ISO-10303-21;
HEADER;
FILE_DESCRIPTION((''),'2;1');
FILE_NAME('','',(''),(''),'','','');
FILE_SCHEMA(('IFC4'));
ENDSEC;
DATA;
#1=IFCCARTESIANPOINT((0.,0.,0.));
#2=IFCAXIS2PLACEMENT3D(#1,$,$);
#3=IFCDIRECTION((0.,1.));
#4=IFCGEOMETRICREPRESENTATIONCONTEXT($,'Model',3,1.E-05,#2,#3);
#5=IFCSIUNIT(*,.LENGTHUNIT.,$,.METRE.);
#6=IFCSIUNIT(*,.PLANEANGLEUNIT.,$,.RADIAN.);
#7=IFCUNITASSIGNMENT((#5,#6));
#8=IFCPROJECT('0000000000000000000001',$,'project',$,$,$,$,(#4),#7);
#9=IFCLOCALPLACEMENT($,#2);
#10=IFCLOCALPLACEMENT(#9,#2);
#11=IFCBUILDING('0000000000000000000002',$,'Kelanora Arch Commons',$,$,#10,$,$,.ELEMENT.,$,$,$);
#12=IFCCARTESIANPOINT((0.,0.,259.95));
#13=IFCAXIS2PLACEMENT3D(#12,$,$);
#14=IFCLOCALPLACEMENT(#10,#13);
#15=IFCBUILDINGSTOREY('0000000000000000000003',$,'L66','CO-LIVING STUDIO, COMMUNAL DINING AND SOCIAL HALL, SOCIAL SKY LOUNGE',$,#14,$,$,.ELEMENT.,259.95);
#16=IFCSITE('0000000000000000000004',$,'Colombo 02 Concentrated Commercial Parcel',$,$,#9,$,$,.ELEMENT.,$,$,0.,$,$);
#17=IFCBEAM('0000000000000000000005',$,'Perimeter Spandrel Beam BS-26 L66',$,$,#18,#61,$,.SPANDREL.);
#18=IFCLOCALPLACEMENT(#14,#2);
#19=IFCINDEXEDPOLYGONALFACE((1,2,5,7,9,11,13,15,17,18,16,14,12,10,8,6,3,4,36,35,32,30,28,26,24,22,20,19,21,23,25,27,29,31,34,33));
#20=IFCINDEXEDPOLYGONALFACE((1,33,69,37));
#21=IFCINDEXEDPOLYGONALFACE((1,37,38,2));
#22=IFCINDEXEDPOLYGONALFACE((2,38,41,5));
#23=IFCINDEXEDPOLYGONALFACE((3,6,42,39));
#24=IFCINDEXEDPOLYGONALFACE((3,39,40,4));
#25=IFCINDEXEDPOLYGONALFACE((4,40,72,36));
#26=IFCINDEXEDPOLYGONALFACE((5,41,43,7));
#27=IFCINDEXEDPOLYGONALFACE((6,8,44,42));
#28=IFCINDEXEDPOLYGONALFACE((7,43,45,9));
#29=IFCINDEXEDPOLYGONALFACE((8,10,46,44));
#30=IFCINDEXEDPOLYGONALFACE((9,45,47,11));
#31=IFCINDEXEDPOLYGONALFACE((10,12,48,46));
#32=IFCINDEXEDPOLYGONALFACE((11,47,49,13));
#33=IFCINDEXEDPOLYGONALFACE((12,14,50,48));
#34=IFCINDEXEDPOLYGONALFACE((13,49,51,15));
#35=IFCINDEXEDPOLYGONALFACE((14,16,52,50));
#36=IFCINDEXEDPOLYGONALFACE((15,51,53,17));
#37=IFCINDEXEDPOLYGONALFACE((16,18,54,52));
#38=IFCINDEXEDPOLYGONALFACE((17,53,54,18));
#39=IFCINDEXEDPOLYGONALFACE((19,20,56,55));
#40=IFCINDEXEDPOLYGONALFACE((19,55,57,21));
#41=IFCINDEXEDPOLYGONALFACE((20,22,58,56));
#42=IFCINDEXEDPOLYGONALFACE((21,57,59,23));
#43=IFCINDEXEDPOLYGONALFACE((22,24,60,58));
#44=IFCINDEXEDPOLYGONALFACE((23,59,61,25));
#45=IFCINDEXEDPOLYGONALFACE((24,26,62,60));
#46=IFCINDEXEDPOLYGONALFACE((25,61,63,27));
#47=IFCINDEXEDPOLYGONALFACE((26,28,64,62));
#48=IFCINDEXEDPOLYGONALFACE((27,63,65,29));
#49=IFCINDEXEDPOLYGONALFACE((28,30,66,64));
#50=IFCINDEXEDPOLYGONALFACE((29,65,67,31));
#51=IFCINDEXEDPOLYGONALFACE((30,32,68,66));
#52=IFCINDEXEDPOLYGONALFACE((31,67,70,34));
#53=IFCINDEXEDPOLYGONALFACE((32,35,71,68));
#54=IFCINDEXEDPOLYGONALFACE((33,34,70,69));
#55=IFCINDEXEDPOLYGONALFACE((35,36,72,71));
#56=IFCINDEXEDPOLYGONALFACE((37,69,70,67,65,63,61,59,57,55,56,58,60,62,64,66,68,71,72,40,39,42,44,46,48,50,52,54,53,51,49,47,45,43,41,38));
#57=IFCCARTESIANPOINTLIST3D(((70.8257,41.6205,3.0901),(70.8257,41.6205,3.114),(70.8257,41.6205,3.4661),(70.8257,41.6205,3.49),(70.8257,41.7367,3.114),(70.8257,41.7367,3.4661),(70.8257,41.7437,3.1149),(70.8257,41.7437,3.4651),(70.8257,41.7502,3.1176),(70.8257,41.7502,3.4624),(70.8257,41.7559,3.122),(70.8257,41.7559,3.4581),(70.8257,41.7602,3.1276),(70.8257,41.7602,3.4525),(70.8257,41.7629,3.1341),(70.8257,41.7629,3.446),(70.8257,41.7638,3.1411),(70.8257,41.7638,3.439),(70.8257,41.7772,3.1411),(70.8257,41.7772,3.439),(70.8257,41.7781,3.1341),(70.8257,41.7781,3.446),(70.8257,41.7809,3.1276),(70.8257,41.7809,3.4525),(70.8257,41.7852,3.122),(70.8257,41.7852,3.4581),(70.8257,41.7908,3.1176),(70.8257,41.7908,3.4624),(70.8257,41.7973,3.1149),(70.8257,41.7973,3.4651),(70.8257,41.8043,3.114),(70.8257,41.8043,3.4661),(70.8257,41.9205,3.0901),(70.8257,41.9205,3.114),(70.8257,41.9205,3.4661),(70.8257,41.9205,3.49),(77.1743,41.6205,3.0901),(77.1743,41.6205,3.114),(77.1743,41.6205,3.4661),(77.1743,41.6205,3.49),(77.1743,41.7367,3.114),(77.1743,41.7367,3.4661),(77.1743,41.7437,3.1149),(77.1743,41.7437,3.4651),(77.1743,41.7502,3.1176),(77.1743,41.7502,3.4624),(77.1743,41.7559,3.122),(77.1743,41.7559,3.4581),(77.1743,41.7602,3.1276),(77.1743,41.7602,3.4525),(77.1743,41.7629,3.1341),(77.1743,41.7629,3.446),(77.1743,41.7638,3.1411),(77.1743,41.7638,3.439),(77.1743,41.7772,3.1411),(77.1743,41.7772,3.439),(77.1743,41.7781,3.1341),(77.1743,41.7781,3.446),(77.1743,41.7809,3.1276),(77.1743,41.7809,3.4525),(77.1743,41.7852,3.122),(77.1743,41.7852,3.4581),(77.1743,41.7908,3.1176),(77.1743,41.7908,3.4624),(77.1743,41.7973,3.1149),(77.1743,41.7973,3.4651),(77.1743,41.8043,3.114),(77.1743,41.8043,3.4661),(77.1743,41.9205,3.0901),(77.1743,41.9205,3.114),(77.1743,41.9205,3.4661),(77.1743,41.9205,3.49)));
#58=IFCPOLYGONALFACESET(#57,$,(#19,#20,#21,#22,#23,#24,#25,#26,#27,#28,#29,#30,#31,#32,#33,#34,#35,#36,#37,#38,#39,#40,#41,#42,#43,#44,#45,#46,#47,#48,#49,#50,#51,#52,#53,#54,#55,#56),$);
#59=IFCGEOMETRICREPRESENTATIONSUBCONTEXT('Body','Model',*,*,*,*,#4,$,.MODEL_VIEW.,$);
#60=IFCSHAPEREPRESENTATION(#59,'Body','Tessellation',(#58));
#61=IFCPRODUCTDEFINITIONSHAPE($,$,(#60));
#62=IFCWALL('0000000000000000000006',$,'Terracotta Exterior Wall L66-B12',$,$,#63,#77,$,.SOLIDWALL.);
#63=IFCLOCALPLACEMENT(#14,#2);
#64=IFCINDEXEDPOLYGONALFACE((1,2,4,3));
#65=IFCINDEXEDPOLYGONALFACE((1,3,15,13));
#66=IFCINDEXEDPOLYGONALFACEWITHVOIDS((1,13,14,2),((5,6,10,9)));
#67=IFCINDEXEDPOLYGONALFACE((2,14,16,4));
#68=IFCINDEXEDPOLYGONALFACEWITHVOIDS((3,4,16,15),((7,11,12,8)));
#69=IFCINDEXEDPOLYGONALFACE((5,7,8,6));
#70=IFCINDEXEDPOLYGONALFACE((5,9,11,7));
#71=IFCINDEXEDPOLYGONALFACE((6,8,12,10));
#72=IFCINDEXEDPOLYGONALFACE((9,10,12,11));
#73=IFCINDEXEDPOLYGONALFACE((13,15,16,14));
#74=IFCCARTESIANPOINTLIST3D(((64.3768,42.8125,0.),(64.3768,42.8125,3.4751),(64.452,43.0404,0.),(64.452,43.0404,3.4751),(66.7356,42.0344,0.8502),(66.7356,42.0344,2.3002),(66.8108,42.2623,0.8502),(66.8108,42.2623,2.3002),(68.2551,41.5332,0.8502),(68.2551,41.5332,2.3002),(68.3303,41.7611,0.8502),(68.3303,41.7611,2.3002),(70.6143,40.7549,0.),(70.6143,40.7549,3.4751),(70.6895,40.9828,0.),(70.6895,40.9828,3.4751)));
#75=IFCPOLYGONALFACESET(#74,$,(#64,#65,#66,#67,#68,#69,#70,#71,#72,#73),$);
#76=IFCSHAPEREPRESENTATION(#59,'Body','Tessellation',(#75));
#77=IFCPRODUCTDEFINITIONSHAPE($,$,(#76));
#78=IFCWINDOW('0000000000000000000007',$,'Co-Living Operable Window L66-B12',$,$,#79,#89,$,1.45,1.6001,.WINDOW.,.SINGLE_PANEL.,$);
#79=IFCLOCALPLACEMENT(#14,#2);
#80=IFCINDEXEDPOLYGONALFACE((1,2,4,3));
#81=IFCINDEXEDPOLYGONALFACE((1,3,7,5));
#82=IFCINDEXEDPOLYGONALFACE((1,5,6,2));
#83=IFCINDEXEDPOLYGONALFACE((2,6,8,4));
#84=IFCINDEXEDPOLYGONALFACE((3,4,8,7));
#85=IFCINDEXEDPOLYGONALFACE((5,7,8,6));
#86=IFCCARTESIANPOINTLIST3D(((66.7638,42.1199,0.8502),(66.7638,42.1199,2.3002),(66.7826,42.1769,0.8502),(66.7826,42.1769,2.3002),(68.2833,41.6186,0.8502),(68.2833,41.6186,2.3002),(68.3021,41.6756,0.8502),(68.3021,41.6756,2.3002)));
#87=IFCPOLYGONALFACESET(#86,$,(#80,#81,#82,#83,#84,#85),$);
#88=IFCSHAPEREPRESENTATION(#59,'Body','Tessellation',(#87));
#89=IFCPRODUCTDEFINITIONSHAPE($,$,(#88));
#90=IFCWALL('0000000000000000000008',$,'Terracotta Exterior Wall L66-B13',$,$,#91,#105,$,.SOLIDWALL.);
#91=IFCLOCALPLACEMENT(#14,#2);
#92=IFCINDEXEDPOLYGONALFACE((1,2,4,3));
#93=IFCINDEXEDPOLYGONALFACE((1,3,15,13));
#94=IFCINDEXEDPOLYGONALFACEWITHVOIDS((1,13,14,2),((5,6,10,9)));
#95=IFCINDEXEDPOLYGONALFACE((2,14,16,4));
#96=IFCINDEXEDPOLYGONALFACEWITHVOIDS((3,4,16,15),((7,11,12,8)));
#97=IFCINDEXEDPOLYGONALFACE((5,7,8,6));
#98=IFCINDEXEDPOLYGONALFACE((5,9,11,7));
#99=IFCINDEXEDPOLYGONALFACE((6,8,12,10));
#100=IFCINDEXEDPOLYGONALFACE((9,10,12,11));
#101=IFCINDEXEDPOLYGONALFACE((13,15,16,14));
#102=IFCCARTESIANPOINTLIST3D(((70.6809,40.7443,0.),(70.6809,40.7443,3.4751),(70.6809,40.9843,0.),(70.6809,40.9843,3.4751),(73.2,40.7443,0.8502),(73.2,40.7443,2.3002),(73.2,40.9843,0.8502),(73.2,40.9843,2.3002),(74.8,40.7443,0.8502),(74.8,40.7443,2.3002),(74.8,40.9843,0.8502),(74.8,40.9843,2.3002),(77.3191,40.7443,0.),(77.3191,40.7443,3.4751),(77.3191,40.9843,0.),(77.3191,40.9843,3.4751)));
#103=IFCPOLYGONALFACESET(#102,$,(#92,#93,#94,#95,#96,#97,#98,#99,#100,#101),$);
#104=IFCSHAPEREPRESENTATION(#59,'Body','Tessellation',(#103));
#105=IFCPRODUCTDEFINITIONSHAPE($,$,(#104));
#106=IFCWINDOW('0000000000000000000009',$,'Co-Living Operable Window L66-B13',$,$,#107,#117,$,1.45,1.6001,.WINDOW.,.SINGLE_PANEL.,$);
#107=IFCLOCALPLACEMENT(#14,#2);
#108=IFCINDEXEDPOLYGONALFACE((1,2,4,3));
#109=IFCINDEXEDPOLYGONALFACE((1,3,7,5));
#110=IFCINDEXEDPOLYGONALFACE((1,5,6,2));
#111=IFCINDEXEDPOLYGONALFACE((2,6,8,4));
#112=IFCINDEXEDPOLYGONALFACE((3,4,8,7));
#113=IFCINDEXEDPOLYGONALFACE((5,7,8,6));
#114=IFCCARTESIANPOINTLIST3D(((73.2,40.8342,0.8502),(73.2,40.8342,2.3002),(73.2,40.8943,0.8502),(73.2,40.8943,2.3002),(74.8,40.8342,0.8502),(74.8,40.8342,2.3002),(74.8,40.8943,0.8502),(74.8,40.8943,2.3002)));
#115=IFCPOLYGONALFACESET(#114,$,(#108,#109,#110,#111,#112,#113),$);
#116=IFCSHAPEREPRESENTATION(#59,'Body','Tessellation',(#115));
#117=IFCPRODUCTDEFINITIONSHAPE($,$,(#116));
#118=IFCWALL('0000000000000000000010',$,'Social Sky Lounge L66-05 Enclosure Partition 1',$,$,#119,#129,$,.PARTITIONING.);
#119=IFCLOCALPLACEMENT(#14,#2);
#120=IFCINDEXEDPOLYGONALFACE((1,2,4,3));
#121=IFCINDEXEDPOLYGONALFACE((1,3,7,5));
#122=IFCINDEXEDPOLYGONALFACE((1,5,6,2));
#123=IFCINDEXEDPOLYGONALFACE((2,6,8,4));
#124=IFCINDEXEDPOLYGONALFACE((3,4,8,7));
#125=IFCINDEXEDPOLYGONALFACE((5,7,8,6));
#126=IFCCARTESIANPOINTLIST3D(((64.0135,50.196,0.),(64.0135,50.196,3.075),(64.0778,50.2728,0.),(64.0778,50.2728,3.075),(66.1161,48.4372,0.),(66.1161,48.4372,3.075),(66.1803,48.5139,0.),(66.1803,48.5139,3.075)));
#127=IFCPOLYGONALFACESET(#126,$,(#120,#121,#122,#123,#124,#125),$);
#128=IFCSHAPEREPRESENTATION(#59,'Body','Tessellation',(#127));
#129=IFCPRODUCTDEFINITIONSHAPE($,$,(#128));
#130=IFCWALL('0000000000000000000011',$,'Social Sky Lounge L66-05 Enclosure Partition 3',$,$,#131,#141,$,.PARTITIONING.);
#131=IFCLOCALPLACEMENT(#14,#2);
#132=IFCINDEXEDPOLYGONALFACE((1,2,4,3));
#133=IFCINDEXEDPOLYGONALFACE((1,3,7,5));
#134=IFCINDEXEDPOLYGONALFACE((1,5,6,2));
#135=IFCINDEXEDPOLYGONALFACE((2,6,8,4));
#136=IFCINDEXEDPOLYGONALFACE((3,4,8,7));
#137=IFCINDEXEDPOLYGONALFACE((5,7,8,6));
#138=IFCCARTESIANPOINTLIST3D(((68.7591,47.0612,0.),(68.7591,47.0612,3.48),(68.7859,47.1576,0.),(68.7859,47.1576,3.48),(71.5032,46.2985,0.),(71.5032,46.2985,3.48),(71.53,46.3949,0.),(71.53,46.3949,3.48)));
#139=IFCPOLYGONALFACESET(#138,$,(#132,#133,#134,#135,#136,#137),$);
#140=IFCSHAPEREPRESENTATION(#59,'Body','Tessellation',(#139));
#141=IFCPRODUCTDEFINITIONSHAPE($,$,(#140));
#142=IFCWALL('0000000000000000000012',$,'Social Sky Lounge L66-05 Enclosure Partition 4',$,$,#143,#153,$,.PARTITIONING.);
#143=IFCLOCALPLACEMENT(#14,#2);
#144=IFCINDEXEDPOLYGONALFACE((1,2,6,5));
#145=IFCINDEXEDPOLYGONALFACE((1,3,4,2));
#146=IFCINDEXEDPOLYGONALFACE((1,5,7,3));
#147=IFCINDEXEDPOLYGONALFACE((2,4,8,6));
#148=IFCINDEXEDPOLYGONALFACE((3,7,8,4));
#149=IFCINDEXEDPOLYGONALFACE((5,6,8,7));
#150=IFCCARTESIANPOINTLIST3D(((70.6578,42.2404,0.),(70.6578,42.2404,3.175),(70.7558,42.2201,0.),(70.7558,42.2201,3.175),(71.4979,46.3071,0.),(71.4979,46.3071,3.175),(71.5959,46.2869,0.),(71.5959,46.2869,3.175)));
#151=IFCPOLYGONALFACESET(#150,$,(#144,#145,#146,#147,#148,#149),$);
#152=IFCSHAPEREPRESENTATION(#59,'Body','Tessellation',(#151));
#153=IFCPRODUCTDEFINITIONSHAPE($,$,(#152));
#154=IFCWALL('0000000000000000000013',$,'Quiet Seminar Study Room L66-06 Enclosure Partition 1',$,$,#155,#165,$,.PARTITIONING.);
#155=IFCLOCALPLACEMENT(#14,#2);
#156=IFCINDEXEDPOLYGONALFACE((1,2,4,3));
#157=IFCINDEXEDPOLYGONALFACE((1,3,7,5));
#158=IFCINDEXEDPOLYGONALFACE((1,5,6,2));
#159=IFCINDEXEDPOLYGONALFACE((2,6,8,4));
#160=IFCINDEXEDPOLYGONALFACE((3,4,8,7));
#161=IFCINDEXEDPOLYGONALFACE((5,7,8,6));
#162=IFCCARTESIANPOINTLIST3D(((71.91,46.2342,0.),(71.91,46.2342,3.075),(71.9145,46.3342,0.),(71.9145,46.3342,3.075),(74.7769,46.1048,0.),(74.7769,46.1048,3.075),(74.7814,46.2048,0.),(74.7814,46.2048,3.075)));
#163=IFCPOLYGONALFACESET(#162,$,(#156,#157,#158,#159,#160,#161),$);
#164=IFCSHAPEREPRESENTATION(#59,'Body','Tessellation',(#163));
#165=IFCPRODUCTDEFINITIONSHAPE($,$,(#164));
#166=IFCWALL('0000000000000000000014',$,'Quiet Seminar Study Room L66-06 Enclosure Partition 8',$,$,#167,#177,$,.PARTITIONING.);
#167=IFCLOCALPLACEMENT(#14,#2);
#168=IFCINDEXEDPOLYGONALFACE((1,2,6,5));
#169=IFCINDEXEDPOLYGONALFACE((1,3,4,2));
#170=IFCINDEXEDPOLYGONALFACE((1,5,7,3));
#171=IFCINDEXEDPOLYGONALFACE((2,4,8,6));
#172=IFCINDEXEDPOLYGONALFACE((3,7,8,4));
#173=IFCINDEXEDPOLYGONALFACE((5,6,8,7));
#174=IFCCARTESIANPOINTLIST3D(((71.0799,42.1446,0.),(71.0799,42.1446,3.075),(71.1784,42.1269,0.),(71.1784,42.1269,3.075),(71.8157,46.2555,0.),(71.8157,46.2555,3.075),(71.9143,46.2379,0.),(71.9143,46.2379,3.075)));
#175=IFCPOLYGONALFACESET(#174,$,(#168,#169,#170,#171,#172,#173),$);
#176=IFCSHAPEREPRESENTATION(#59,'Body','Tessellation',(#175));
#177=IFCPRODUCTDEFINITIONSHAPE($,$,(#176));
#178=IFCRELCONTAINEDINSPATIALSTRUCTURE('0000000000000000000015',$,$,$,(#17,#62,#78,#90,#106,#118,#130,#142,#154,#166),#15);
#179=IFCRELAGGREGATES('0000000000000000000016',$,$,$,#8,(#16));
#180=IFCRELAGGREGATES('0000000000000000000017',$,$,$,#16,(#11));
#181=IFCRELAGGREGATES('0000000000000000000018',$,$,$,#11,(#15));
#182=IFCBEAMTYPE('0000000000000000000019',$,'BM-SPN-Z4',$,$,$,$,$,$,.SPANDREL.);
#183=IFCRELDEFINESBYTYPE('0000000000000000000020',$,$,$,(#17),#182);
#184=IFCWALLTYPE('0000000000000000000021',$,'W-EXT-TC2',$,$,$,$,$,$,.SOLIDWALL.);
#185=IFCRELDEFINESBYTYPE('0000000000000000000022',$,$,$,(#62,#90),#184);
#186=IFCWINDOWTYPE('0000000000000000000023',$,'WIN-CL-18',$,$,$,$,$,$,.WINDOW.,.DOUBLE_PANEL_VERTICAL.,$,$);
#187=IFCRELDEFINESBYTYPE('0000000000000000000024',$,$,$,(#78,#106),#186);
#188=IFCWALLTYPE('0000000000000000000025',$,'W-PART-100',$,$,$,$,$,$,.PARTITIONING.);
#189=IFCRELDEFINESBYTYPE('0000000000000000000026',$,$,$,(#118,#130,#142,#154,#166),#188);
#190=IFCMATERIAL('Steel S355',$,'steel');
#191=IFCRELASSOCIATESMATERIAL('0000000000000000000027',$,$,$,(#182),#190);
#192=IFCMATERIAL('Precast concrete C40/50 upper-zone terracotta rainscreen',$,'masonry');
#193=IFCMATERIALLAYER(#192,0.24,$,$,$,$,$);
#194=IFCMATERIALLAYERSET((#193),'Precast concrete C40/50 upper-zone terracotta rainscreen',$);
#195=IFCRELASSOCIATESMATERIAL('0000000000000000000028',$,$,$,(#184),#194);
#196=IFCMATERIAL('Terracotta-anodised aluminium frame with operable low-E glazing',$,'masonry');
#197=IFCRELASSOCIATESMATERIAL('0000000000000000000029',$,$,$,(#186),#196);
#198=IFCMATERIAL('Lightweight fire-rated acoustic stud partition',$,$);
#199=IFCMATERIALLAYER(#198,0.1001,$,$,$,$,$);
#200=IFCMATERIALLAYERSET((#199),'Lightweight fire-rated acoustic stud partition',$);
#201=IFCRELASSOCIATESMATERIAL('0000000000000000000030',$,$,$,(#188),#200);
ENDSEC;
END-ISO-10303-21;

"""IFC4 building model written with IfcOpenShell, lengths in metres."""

from ifc_helpers import new_model, si_unit, direction, frame, frame_2d, origin, origin_2d, place, context, subcontext, project, spatial, rectangle, i_section, extrude, material, layer, layer_set, material_profile, profile_set, type_object, element, fill, save


model = new_model("IFC4")

# Units and contexts
model_context = context("Model", 3, precision=1e-05, world=origin(), true_north=direction((0.0, 1.0)))
body_context = subcontext(model_context, "Body", "Model", "MODEL_VIEW")
ifc_project = project(units=[si_unit("LENGTHUNIT", "METRE"), si_unit("PLANEANGLEUNIT", "RADIAN")], contexts=[model_context])

# Site, building, storey
site_placement = place(None, origin())
site = spatial("IfcSite", under=ifc_project, at=site_placement, Name="Colombo 02 Concentrated Commercial Parcel", CompositionType="ELEMENT", RefElevation=0.0)
building_placement = place(site_placement, origin())
building = spatial("IfcBuilding", under=site, at=building_placement, Name="Kelanora Arch Commons", CompositionType="ELEMENT")
storey_placement = place(building_placement, frame((0.0, 0.0, 259.95)))
storey = spatial("IfcBuildingStorey", under=building, at=storey_placement, Name="L66", Description="CO-LIVING STUDIO, COMMUNAL DINING AND SOCIAL HALL, SOCIAL SKY LOUNGE", CompositionType="ELEMENT", Elevation=259.95)

# Beam
ifc_material_1 = material(Name="Steel S355", Category="steel")
ifc_material_profile_1 = material_profile(ifc_material_1, i_section(OverallWidth=0.3, OverallDepth=0.3999, WebThickness=0.0134, FlangeThickness=0.0239, FilletRadius=0.0271, at=origin_2d()), Name="HEB400")
ifc_profile_set_1 = profile_set([ifc_material_profile_1], Name="Steel S355")
beam_type_1 = type_object("IfcBeamType", Name="BM-SPN-Z4", PredefinedType="SPANDREL", material=ifc_profile_set_1)
beam_1_placement = place(storey_placement, frame((70.8257, 41.7705, 3.29), z_axis=(1.0, 0.0, 0.0), x_axis=(0.0, 1.0, 0.0)))
element("IfcBeam", 1, at=beam_1_placement, inside=storey, type_object=beam_type_1, Name="Perimeter Spandrel Beam BS-26 L66", PredefinedType="SPANDREL", context=body_context, shape_type="SweptSolid", body=[
    extrude(i_section(OverallWidth=0.3, OverallDepth=0.3999, WebThickness=0.0134, FlangeThickness=0.0239, FilletRadius=0.0271, at=origin_2d()), origin(), (0.0, 0.0, 1.0), 6.3486),
])

# Walls, openings, windows
ifc_material_2 = material(Name="Precast concrete C40/50 upper-zone terracotta rainscreen", Category="masonry")
ifc_layer_1 = layer(ifc_material_2, 0.24)
ifc_layer_set_1 = layer_set([ifc_layer_1], Name="Precast concrete C40/50 upper-zone terracotta rainscreen")
wall_type_1 = type_object("IfcWallType", Name="W-EXT-TC2", PredefinedType="SOLIDWALL", material=ifc_layer_set_1)
wall_1_placement = place(storey_placement, frame((64.4143, 42.9265, 0.0), z_axis=(0.0, 0.0, 1.0), x_axis=(0.949664, -0.313271, 0.0)))
wall_1 = element("IfcWall", 2, at=wall_1_placement, inside=storey, type_object=wall_type_1, Name="Terracotta Exterior Wall L66-B12", PredefinedType="SOLIDWALL", context=body_context, shape_type="SweptSolid", body=[
    extrude(rectangle(XDim=6.5681, YDim=0.24, at=frame_2d((3.2842, 0.0))), origin(), (0.0, 0.0, 1.0), 3.4751),
])
opening_1_placement = place(wall_1_placement, frame((2.4839, 0.0, 0.8501)))
opening_1 = element("IfcOpeningElement", 3, at=opening_1_placement, cuts=wall_1, PredefinedType="OPENING", context=body_context, shape_type="SweptSolid", body=[
    extrude(rectangle(XDim=1.6001, YDim=1.45, at=frame_2d((0.8, 0.7251))), frame((0.0, 0.1299, 0.0), z_axis=(0.0, -1.0, 0.0), x_axis=(1.0, 0.0, 0.0)), (0.0, 0.0, 1.0), 0.26),
])
ifc_material_3 = material(Name="Terracotta-anodised aluminium frame with operable low-E glazing", Category="masonry")
window_type = type_object("IfcWindowType", Name="WIN-CL-18", PartitioningType="DOUBLE_PANEL_VERTICAL", PredefinedType="WINDOW", material=ifc_material_3)
window_1_placement = place(opening_1_placement, origin())
window_1 = element("IfcWindow", 4, at=window_1_placement, inside=storey, type_object=window_type, Name="Co-Living Operable Window L66-B12", OverallHeight=1.45, OverallWidth=1.6001, PartitioningType="SINGLE_PANEL", PredefinedType="WINDOW", context=body_context, shape_type="SweptSolid", body=[
    extrude(rectangle(XDim=1.6001, YDim=1.45, at=frame_2d((0.8, 0.7251))), frame((0.0, 0.03, 0.0), z_axis=(0.0, -1.0, 0.0), x_axis=(1.0, 0.0, 0.0)), (0.0, 0.0, 1.0), 0.0601),
])
fill(opening_1, window_1)
wall_2_placement = place(storey_placement, frame((70.6809, 40.8643, 0.0), z_axis=(0.0, 0.0, 1.0), x_axis=(1.0, 0.0, 0.0)))
wall_2 = element("IfcWall", 5, at=wall_2_placement, inside=storey, type_object=wall_type_1, Name="Terracotta Exterior Wall L66-B13", PredefinedType="SOLIDWALL", context=body_context, shape_type="SweptSolid", body=[
    extrude(rectangle(XDim=6.6382, YDim=0.24, at=frame_2d((3.3191, 0.0))), origin(), (0.0, 0.0, 1.0), 3.4751),
])
opening_2_placement = place(wall_2_placement, frame((2.519, 0.0, 0.8501)))
opening_2 = element("IfcOpeningElement", 6, at=opening_2_placement, cuts=wall_2, PredefinedType="OPENING", context=body_context, shape_type="SweptSolid", body=[
    extrude(rectangle(XDim=1.6001, YDim=1.45, at=frame_2d((0.8, 0.7251))), frame((0.0, 0.1299, 0.0), z_axis=(0.0, -1.0, 0.0), x_axis=(1.0, 0.0, 0.0)), (0.0, 0.0, 1.0), 0.26),
])
window_2_placement = place(opening_2_placement, origin())
window_2 = element("IfcWindow", 7, at=window_2_placement, inside=storey, type_object=window_type, Name="Co-Living Operable Window L66-B13", OverallHeight=1.45, OverallWidth=1.6001, PartitioningType="SINGLE_PANEL", PredefinedType="WINDOW", context=body_context, shape_type="SweptSolid", body=[
    extrude(rectangle(XDim=1.6001, YDim=1.45, at=frame_2d((0.8, 0.7251))), frame((0.0, 0.03, 0.0), z_axis=(0.0, -1.0, 0.0), x_axis=(1.0, 0.0, 0.0)), (0.0, 0.0, 1.0), 0.0601),
])
fill(opening_2, window_2)

# Walls
ifc_material_4 = material(Name="Lightweight fire-rated acoustic stud partition")
ifc_layer_2 = layer(ifc_material_4, 0.1001)
ifc_layer_set_2 = layer_set([ifc_layer_2], Name="Lightweight fire-rated acoustic stud partition")
wall_type_2 = type_object("IfcWallType", Name="W-PART-100", PredefinedType="PARTITIONING", material=ifc_layer_set_2)
wall_3_placement = place(storey_placement, frame((64.0457, 50.2344, 0.0), z_axis=(0.0, 0.0, 1.0), x_axis=(0.767023, -0.64162, 0.0)))
element("IfcWall", 8, at=wall_3_placement, inside=storey, type_object=wall_type_2, Name="Social Sky Lounge L66-05 Enclosure Partition 1", PredefinedType="PARTITIONING", context=body_context, shape_type="SweptSolid", body=[
    extrude(rectangle(XDim=2.7412, YDim=0.1001, at=frame_2d((1.3706, 0.0))), origin(), (0.0, 0.0, 1.0), 3.075),
])
wall_4_placement = place(storey_placement, frame((68.7725, 47.1094, 0.0), z_axis=(0.0, 0.0, 1.0), x_axis=(0.963479, -0.267785, 0.0)))
element("IfcWall", 9, at=wall_4_placement, inside=storey, type_object=wall_type_2, Name="Social Sky Lounge L66-05 Enclosure Partition 3", PredefinedType="PARTITIONING", context=body_context, shape_type="SweptSolid", body=[
    extrude(rectangle(XDim=2.8481, YDim=0.1001, at=frame_2d((1.4241, 0.0))), origin(), (0.0, 0.0, 1.0), 3.48),
])
wall_5_placement = place(storey_placement, frame((71.5469, 46.2969, 0.0), z_axis=(0.0, 0.0, 1.0), x_axis=(-0.202308, -0.979322, 0.0)))
element("IfcWall", 10, at=wall_5_placement, inside=storey, type_object=wall_type_2, Name="Social Sky Lounge L66-05 Enclosure Partition 4", PredefinedType="PARTITIONING", context=body_context, shape_type="SweptSolid", body=[
    extrude(rectangle(XDim=4.1526, YDim=0.1001, at=frame_2d((2.0762, 0.0))), origin(), (0.0, 0.0, 1.0), 3.175),
])
wall_6_placement = place(storey_placement, frame((71.9121, 46.2842, 0.0), z_axis=(0.0, 0.0, 1.0), x_axis=(0.998983, -0.045087, 0.0)))
element("IfcWall", 11, at=wall_6_placement, inside=storey, type_object=wall_type_2, Name="Quiet Seminar Study Room L66-06 Enclosure Partition 1", PredefinedType="PARTITIONING", context=body_context, shape_type="SweptSolid", body=[
    extrude(rectangle(XDim=2.8699, YDim=0.1001, at=frame_2d((1.4351, 0.0))), origin(), (0.0, 0.0, 1.0), 3.075),
])
wall_7_placement = place(storey_placement, frame((71.1292, 42.1357, 0.0), z_axis=(0.0, 0.0, 1.0), x_axis=(0.176199, 0.984355, 0.0)))
element("IfcWall", 12, at=wall_7_placement, inside=storey, type_object=wall_type_2, Name="Quiet Seminar Study Room L66-06 Enclosure Partition 8", PredefinedType="PARTITIONING", context=body_context, shape_type="SweptSolid", body=[
    extrude(rectangle(XDim=4.1763, YDim=0.1001, at=frame_2d((2.0881, 0.0))), origin(), (0.0, 0.0, 1.0), 3.075),
])

save(model, "model.ifc")
